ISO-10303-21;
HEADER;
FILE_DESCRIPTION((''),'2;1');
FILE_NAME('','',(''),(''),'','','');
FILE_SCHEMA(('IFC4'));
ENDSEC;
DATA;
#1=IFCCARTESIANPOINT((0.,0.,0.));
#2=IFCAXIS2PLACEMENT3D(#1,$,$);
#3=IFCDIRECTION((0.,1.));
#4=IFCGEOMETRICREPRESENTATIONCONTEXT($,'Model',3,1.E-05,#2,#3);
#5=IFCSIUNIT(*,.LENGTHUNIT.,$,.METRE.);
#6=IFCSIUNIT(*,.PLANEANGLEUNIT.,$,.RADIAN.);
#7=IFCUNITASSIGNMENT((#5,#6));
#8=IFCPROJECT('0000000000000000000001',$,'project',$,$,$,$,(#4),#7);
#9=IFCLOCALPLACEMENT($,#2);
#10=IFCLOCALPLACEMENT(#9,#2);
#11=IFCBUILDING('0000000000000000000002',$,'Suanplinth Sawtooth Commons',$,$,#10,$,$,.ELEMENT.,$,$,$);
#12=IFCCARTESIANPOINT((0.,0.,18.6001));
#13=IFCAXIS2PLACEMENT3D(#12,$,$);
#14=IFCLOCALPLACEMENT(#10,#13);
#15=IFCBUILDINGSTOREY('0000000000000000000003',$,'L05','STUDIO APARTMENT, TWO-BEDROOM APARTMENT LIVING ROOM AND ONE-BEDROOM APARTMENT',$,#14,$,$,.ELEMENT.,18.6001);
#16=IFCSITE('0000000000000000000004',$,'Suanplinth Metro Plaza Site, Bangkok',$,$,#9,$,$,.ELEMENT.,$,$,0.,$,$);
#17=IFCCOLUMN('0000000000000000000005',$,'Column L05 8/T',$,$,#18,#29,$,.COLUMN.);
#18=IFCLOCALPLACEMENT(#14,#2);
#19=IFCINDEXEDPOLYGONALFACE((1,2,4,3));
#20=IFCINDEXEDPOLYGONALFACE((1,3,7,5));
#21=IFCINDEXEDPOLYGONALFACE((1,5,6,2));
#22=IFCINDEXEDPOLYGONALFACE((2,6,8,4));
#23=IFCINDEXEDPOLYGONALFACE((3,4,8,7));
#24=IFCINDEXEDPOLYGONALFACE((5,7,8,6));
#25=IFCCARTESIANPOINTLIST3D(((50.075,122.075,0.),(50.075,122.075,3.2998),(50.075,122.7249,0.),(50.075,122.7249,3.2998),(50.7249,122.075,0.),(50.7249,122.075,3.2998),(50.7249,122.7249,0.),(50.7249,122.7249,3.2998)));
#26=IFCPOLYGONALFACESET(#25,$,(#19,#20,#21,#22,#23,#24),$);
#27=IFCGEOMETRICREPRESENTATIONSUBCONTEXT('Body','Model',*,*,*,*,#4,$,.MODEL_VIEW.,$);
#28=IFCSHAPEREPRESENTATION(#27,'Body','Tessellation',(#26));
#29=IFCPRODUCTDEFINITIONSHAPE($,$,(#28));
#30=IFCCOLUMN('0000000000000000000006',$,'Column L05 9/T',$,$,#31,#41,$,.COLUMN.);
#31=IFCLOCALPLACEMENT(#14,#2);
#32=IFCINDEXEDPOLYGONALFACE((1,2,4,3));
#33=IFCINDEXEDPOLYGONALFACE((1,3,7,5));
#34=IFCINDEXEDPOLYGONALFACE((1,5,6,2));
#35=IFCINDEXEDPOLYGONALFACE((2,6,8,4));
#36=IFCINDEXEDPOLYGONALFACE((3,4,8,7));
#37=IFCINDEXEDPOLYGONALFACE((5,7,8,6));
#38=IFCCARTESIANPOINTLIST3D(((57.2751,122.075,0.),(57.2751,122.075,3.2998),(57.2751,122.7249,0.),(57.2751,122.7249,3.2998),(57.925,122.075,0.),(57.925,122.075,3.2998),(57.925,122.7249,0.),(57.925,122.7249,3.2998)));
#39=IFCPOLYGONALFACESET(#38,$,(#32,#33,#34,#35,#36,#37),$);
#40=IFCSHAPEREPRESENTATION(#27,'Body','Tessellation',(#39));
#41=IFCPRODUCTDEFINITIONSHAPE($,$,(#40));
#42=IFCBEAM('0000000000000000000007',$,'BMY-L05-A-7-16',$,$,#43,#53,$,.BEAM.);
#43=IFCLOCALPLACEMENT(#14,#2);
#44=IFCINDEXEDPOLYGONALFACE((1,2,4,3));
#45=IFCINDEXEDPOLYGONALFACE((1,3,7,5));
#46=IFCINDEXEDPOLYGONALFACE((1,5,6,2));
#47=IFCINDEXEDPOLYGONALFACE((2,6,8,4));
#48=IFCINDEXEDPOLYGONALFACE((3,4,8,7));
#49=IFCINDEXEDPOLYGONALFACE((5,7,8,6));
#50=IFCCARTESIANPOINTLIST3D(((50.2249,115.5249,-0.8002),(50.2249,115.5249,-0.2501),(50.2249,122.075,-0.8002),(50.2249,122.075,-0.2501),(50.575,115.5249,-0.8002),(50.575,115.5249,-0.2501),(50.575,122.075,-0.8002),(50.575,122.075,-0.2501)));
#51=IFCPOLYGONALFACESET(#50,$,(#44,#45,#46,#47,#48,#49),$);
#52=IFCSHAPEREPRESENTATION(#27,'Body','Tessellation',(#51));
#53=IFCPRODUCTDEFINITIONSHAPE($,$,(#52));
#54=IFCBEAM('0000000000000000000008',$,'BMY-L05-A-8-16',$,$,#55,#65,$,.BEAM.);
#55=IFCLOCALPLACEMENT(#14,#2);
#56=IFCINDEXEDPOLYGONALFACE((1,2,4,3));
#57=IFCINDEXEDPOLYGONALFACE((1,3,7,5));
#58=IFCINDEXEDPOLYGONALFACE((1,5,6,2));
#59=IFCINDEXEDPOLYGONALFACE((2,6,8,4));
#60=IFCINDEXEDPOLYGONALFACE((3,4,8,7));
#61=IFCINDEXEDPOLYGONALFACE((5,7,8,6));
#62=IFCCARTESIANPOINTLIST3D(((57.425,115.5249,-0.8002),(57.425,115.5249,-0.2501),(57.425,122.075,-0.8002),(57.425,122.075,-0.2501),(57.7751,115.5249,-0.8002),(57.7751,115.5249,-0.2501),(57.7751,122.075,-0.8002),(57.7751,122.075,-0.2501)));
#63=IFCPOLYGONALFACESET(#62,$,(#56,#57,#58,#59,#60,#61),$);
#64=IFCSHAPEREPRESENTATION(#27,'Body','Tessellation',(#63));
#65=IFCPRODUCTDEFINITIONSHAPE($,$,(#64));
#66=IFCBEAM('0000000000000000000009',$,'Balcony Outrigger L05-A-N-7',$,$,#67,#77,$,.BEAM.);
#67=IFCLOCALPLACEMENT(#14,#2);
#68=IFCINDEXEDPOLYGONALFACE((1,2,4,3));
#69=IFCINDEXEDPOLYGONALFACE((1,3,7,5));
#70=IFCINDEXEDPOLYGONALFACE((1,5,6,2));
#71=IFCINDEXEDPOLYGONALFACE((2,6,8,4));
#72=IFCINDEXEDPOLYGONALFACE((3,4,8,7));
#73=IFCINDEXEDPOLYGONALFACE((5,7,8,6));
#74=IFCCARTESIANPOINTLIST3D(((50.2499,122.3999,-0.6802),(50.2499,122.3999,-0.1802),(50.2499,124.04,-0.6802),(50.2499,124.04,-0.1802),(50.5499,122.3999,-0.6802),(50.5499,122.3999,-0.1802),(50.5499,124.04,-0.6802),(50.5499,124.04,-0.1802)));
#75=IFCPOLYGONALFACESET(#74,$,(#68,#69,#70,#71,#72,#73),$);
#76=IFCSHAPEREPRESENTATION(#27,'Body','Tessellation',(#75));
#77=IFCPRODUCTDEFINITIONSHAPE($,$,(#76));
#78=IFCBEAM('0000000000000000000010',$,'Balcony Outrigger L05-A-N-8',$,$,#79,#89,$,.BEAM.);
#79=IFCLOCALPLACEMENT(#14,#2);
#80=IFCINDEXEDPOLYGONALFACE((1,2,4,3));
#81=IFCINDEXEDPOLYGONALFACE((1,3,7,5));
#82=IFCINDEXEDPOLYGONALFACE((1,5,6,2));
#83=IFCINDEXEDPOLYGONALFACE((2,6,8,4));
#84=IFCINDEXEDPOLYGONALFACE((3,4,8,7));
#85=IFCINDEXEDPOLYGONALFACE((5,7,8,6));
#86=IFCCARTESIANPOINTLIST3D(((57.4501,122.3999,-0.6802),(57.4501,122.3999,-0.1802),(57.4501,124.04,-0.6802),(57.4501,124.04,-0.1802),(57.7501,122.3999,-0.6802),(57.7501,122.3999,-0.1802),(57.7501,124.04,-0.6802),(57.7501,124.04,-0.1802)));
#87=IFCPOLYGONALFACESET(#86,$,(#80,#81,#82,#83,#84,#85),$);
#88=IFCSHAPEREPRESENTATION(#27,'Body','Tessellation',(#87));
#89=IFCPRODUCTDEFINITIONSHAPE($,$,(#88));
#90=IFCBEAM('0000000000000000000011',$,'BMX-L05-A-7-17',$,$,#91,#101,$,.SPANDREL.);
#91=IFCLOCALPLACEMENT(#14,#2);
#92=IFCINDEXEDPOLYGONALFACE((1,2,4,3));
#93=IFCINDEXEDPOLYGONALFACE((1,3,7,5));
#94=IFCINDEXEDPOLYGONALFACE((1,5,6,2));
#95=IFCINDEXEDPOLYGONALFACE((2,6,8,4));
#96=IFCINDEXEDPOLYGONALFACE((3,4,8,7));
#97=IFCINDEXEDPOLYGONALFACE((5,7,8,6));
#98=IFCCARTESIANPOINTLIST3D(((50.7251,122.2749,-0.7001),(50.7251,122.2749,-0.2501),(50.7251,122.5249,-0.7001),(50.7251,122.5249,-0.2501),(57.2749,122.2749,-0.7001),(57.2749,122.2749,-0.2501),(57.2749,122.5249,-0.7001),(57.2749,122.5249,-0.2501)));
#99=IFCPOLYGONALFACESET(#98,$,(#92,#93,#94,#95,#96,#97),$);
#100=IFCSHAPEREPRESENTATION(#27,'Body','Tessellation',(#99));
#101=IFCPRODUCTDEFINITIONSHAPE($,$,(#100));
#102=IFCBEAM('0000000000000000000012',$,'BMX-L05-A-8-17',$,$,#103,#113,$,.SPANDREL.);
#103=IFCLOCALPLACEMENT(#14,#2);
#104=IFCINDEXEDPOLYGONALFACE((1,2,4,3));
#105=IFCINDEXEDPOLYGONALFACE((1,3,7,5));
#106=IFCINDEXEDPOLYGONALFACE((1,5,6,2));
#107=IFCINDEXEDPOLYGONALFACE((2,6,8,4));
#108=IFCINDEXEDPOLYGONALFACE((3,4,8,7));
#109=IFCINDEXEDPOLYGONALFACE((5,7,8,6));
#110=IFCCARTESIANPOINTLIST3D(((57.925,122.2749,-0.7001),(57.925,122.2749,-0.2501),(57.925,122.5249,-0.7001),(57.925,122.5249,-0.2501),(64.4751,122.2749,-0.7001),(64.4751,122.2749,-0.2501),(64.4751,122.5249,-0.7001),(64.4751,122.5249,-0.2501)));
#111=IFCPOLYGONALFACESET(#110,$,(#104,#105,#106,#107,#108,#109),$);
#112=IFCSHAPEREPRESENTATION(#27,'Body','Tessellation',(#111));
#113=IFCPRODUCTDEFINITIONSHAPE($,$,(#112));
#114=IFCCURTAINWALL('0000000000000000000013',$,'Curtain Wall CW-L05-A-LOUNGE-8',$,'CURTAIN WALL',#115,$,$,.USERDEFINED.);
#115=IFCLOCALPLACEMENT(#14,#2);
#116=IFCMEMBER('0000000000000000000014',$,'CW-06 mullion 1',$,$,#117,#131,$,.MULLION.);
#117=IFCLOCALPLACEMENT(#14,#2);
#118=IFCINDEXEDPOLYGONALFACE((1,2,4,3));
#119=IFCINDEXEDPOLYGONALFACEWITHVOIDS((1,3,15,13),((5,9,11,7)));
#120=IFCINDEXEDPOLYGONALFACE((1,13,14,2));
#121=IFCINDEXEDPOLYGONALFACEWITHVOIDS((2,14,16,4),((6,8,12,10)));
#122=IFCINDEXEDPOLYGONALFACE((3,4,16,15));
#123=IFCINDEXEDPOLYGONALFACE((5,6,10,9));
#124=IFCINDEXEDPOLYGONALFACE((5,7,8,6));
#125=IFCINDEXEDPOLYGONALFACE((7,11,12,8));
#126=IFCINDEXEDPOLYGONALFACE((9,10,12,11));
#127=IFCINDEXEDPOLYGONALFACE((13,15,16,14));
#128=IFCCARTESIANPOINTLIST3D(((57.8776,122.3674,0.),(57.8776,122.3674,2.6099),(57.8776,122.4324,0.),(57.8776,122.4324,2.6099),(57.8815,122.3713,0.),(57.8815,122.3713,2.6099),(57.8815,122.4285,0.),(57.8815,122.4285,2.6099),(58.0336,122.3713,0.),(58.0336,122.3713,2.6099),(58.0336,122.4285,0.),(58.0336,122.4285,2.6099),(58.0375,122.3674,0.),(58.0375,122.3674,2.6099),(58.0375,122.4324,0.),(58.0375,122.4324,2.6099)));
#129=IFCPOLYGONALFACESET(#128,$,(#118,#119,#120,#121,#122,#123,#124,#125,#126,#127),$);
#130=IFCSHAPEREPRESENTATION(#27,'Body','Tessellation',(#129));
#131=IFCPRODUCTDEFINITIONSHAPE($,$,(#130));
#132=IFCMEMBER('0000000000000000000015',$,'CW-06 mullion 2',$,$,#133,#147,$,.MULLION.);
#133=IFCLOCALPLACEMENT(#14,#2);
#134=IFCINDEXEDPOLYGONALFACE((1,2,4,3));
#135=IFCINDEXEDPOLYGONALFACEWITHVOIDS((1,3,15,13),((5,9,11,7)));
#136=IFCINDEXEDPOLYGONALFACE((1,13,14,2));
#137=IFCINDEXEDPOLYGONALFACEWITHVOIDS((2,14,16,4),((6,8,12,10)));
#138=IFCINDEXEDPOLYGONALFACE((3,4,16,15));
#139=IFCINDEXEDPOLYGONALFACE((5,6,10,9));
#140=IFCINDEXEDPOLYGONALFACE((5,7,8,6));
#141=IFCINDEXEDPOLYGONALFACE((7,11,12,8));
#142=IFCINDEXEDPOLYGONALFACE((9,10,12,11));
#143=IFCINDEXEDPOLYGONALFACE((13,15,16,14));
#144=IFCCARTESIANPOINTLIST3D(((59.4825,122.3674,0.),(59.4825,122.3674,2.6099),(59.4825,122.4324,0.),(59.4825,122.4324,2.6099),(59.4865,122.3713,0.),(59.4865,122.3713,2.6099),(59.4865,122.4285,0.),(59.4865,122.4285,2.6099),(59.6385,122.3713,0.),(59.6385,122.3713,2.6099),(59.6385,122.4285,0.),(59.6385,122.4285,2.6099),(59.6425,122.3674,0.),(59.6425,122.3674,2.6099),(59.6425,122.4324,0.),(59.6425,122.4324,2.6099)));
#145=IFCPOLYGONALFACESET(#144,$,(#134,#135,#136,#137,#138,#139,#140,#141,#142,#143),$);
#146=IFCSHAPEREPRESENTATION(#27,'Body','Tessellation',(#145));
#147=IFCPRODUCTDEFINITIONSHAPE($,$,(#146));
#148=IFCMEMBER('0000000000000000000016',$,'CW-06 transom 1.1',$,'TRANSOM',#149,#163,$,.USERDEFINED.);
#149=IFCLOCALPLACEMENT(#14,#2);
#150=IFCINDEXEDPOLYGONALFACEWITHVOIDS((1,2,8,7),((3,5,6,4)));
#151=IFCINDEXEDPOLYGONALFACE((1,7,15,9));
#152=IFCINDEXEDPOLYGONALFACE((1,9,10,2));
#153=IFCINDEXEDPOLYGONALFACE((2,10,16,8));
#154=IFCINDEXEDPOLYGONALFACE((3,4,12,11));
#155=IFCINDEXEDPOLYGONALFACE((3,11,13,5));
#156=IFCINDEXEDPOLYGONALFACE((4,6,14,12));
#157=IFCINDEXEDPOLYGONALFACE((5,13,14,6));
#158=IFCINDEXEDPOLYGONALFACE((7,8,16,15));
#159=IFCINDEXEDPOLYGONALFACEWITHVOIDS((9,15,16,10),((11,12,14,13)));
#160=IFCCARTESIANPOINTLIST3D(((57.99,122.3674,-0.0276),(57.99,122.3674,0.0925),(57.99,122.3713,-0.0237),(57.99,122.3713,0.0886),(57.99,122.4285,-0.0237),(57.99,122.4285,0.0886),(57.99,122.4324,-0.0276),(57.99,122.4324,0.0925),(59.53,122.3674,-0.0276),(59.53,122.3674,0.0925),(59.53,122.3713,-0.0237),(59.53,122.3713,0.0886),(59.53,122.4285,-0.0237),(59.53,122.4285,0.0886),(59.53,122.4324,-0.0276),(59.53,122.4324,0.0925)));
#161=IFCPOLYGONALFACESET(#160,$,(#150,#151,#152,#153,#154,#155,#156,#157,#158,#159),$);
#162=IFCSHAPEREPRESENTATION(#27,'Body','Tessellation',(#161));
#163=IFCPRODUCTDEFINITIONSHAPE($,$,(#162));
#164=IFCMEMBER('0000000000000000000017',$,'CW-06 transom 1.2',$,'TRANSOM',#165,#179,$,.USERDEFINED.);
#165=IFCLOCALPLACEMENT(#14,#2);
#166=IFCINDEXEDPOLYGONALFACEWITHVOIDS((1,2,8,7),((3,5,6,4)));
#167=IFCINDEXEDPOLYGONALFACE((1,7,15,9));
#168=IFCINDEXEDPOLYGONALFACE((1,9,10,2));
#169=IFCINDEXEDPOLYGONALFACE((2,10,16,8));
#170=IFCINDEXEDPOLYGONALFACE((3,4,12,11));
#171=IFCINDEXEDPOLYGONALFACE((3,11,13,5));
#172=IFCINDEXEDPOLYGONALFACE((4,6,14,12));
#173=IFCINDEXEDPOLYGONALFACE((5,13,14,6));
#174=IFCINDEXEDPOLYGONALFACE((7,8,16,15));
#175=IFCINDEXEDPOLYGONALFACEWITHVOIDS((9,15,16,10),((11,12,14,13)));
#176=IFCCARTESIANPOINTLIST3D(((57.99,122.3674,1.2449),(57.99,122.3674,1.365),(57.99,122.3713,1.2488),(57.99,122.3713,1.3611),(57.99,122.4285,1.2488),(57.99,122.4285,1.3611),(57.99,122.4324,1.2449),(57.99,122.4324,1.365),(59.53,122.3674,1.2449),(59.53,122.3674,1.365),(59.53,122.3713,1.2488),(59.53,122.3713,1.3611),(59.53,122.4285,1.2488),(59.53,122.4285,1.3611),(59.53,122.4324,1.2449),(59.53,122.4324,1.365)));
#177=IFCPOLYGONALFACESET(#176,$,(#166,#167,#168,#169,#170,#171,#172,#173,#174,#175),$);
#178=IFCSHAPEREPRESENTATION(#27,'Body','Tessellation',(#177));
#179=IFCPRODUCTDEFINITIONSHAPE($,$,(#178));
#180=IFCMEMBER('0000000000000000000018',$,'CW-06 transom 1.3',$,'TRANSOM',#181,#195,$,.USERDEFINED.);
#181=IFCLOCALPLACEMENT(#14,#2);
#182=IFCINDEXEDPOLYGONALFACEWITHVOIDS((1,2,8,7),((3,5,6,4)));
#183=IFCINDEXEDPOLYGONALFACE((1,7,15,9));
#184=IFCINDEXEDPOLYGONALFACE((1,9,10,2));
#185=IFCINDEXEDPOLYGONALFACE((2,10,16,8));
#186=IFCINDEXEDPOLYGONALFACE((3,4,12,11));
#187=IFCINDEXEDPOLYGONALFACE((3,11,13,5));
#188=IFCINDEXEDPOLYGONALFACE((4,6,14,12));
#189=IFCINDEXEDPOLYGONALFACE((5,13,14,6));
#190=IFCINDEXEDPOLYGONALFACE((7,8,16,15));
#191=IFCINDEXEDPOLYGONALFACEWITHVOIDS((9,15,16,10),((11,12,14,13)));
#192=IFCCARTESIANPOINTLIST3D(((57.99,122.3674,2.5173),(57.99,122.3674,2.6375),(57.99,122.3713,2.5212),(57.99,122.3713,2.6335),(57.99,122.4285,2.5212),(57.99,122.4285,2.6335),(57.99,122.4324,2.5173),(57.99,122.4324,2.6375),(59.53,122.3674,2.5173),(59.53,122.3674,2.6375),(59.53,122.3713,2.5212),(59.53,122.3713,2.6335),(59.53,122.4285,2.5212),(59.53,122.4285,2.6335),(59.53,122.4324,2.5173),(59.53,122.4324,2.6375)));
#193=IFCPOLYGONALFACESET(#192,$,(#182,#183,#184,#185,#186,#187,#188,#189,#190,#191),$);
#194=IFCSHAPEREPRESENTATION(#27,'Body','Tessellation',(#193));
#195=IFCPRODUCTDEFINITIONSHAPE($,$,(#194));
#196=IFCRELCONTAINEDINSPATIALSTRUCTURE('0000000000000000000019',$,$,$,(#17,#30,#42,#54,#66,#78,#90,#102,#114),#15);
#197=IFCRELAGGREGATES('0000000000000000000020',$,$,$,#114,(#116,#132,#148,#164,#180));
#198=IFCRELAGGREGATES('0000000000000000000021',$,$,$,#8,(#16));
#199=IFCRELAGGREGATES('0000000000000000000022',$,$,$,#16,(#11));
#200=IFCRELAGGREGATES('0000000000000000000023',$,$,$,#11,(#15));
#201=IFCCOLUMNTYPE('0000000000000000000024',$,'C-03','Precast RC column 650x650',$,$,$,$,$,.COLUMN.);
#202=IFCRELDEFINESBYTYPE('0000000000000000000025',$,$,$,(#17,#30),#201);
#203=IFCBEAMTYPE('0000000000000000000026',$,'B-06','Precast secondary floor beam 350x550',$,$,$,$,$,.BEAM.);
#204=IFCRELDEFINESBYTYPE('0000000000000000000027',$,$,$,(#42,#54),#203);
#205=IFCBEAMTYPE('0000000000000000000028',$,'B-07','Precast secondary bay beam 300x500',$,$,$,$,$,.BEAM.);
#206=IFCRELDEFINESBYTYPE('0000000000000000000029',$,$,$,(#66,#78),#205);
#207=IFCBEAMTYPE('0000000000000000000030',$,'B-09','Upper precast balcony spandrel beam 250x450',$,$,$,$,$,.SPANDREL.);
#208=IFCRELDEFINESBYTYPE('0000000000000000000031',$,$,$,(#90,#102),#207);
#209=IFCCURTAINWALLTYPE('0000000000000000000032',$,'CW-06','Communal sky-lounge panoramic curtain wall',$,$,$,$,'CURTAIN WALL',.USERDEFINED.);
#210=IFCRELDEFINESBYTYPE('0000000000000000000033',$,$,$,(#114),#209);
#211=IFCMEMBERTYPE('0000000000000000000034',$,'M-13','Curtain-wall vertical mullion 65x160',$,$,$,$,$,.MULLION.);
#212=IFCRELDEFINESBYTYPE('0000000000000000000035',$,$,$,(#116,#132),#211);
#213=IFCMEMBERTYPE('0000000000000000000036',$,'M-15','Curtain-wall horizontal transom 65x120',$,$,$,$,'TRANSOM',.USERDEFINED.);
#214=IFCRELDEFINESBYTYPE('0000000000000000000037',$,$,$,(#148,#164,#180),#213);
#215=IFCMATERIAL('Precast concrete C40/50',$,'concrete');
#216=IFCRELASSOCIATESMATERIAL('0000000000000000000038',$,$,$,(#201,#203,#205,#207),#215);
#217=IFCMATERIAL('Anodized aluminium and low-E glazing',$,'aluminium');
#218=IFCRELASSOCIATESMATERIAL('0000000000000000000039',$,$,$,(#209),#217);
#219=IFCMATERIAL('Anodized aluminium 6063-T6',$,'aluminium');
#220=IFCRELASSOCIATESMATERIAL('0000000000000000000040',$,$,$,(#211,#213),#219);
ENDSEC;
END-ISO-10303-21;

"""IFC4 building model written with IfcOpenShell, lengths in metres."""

from ifc_helpers import new_model, si_unit, direction, frame, origin, origin_2d, place, context, subcontext, project, spatial, rectangle, hollow_rectangle, extrude, material, material_profile, profile_set, type_object, element, aggregate, save


model = new_model("IFC4")

# Units and contexts
model_context = context("Model", 3, precision=1e-05, world=origin(), true_north=direction((0.0, 1.0)))
body_context = subcontext(model_context, "Body", "Model", "MODEL_VIEW")
ifc_project = project(units=[si_unit("LENGTHUNIT", "METRE"), si_unit("PLANEANGLEUNIT", "RADIAN")], contexts=[model_context])

# Site, building, storey
site_placement = place(None, origin())
site = spatial("IfcSite", under=ifc_project, at=site_placement, Name="Suanplinth Metro Plaza Site, Bangkok", CompositionType="ELEMENT", RefElevation=0.0)
building_placement = place(site_placement, origin())
building = spatial("IfcBuilding", under=site, at=building_placement, Name="Suanplinth Sawtooth Commons", CompositionType="ELEMENT")
storey_placement = place(building_placement, frame((0.0, 0.0, 18.6001)))
storey = spatial("IfcBuildingStorey", under=building, at=storey_placement, Name="L05", Description="STUDIO APARTMENT, TWO-BEDROOM APARTMENT LIVING ROOM AND ONE-BEDROOM APARTMENT", CompositionType="ELEMENT", Elevation=18.6001)

# Columns
ifc_material_1 = material(Name="Precast concrete C40/50", Category="concrete")
ifc_material_profile_1 = material_profile(ifc_material_1, rectangle(XDim=0.6499, YDim=0.6499, at=origin_2d()), Name="PC-COL 650x650")
ifc_profile_set_1 = profile_set([ifc_material_profile_1], Name="Precast concrete C40/50")
column_type = type_object("IfcColumnType", Name="C-03", Description="Precast RC column 650x650", PredefinedType="COLUMN", material=ifc_profile_set_1)
for number, where, z_axis, x_axis, name in (
    (1, (50.3999, 122.3999, 0.0), (0.0, 0.0, 1.0), (1.0, 0.0, 0.0), "Column L05 8/T"),
    (2, (57.6001, 122.3999, 0.0), (0.0, 0.0, 1.0), (1.0, 0.0, 0.0), "Column L05 9/T"),
):
    element("IfcColumn", number, at=place(storey_placement, frame(where, z_axis=z_axis, x_axis=x_axis)), inside=storey, type_object=column_type, Name=name, PredefinedType="COLUMN", context=body_context, shape_type="SweptSolid", body=[
        extrude(rectangle(XDim=0.6499, YDim=0.6499, at=origin_2d()), origin(), (0.0, 0.0, 1.0), 3.2998),
    ])

# Beams
ifc_material_profile_2 = material_profile(ifc_material_1, rectangle(XDim=0.3501, YDim=0.55, at=origin_2d()), Name="PC-BM 350x550")
ifc_profile_set_2 = profile_set([ifc_material_profile_2], Name="Precast concrete C40/50")
beam_type_1 = type_object("IfcBeamType", Name="B-06", Description="Precast secondary floor beam 350x550", PredefinedType="BEAM", material=ifc_profile_set_2)
for number, where, z_axis, x_axis, name in (
    (3, (50.3999, 115.5249, -0.5251), (0.0, 1.0, 0.0), (-1.0, 0.0, 0.0), "BMY-L05-A-7-16"),
    (4, (57.6001, 115.5249, -0.5251), (0.0, 1.0, 0.0), (-1.0, 0.0, 0.0), "BMY-L05-A-8-16"),
):
    element("IfcBeam", number, at=place(storey_placement, frame(where, z_axis=z_axis, x_axis=x_axis)), inside=storey, type_object=beam_type_1, Name=name, PredefinedType="BEAM", context=body_context, shape_type="SweptSolid", body=[
        extrude(rectangle(XDim=0.3501, YDim=0.55, at=origin_2d()), origin(), (0.0, 0.0, 1.0), 6.55),
    ])
ifc_material_profile_3 = material_profile(ifc_material_1, rectangle(XDim=0.3, YDim=0.5, at=origin_2d()), Name="PC-BM 300x500")
ifc_profile_set_3 = profile_set([ifc_material_profile_3], Name="Precast concrete C40/50")
beam_type_2 = type_object("IfcBeamType", Name="B-07", Description="Precast secondary bay beam 300x500", PredefinedType="BEAM", material=ifc_profile_set_3)
for number, where, z_axis, x_axis, name in (
    (5, (50.3999, 122.3999, -0.4302), (0.0, 1.0, 0.0), (-1.0, 0.0, 0.0), "Balcony Outrigger L05-A-N-7"),
    (6, (57.6001, 122.3999, -0.4302), (0.0, 1.0, 0.0), (-1.0, 0.0, 0.0), "Balcony Outrigger L05-A-N-8"),
):
    element("IfcBeam", number, at=place(storey_placement, frame(where, z_axis=z_axis, x_axis=x_axis)), inside=storey, type_object=beam_type_2, Name=name, PredefinedType="BEAM", context=body_context, shape_type="SweptSolid", body=[
        extrude(rectangle(XDim=0.3, YDim=0.5, at=origin_2d()), origin(), (0.0, 0.0, 1.0), 1.6401),
    ])
ifc_material_profile_4 = material_profile(ifc_material_1, rectangle(XDim=0.25, YDim=0.45, at=origin_2d()), Name="PC-SP 250x450")
ifc_profile_set_4 = profile_set([ifc_material_profile_4], Name="Precast concrete C40/50")
beam_type_3 = type_object("IfcBeamType", Name="B-09", Description="Upper precast balcony spandrel beam 250x450", PredefinedType="SPANDREL", material=ifc_profile_set_4)
beam_1_placement = place(storey_placement, frame((50.7251, 122.3999, -0.4751), z_axis=(1.0, 0.0, 0.0), x_axis=(0.0, 1.0, 0.0)))
element("IfcBeam", 7, at=beam_1_placement, inside=storey, type_object=beam_type_3, Name="BMX-L05-A-7-17", PredefinedType="SPANDREL", context=body_context, shape_type="SweptSolid", body=[
    extrude(rectangle(XDim=0.25, YDim=0.45, at=origin_2d()), origin(), (0.0, 0.0, 1.0), 6.5498),
])
beam_2_placement = place(storey_placement, frame((57.925, 122.3999, -0.4751), z_axis=(1.0, 0.0, 0.0), x_axis=(0.0, 1.0, 0.0)))
element("IfcBeam", 8, at=beam_2_placement, inside=storey, type_object=beam_type_3, Name="BMX-L05-A-8-17", PredefinedType="SPANDREL", context=body_context, shape_type="SweptSolid", body=[
    extrude(rectangle(XDim=0.25, YDim=0.45, at=origin_2d()), origin(), (0.0, 0.0, 1.0), 6.55),
])

# Curtain wall, members
ifc_material_2 = material(Name="Anodized aluminium and low-E glazing", Category="aluminium")
curtain_wall_type = type_object("IfcCurtainWallType", Name="CW-06", Description="Communal sky-lounge panoramic curtain wall", ElementType="CURTAIN WALL", PredefinedType="USERDEFINED", material=ifc_material_2)
curtain_wall_placement = place(storey_placement, origin())
curtain_wall = element("IfcCurtainWall", 9, at=curtain_wall_placement, inside=storey, type_object=curtain_wall_type, Name="Curtain Wall CW-L05-A-LOUNGE-8", ObjectType="CURTAIN WALL", PredefinedType="USERDEFINED")
ifc_material_3 = material(Name="Anodized aluminium 6063-T6", Category="aluminium")
ifc_material_profile_5 = material_profile(ifc_material_3, hollow_rectangle(XDim=0.0649, YDim=0.1599, WallThickness=0.0039, at=origin_2d()), Name="ALU-MUL 65x160")
ifc_profile_set_5 = profile_set([ifc_material_profile_5], Name="Anodized aluminium 6063-T6")
member_type_1 = type_object("IfcMemberType", Name="M-13", Description="Curtain-wall vertical mullion 65x160", PredefinedType="MULLION", material=ifc_profile_set_5)
member_1_placement = place(storey_placement, frame((57.9575, 122.3999, 0.0), z_axis=(0.0, 0.0, 1.0), x_axis=(0.0, 1.0, 0.0)))
member_1 = element("IfcMember", 10, at=member_1_placement, type_object=member_type_1, Name="CW-06 mullion 1", PredefinedType="MULLION", context=body_context, shape_type="SweptSolid", body=[
    extrude(hollow_rectangle(XDim=0.0649, YDim=0.1599, WallThickness=0.0039, at=origin_2d()), origin(), (0.0, 0.0, 1.0), 2.6099),
])
member_2_placement = place(storey_placement, frame((59.5625, 122.3999, 0.0), z_axis=(0.0, 0.0, 1.0), x_axis=(0.0, 1.0, 0.0)))
member_2 = element("IfcMember", 11, at=member_2_placement, type_object=member_type_1, Name="CW-06 mullion 2", PredefinedType="MULLION", context=body_context, shape_type="SweptSolid", body=[
    extrude(hollow_rectangle(XDim=0.0649, YDim=0.1599, WallThickness=0.0039, at=origin_2d()), origin(), (0.0, 0.0, 1.0), 2.6099),
])
ifc_material_profile_6 = material_profile(ifc_material_3, hollow_rectangle(XDim=0.0649, YDim=0.1201, WallThickness=0.0039, at=origin_2d()), Name="ALU-TRN 65x120")
ifc_profile_set_6 = profile_set([ifc_material_profile_6], Name="Anodized aluminium 6063-T6")
member_type_2 = type_object("IfcMemberType", Name="M-15", Description="Curtain-wall horizontal transom 65x120", ElementType="TRANSOM", PredefinedType="USERDEFINED", material=ifc_profile_set_6)
member_3_placement = place(storey_placement, frame((57.99, 122.3999, 0.0325), z_axis=(1.0, 0.0, 0.0), x_axis=(0.0, 1.0, 0.0)))
member_3 = element("IfcMember", 12, at=member_3_placement, type_object=member_type_2, Name="CW-06 transom 1.1", ObjectType="TRANSOM", PredefinedType="USERDEFINED", context=body_context, shape_type="SweptSolid", body=[
    extrude(hollow_rectangle(XDim=0.0649, YDim=0.1201, WallThickness=0.0039, at=origin_2d()), origin(), (0.0, 0.0, 1.0), 1.54),
])
member_4_placement = place(storey_placement, frame((57.99, 122.3999, 1.3049), z_axis=(1.0, 0.0, 0.0), x_axis=(0.0, 1.0, 0.0)))
member_4 = element("IfcMember", 13, at=member_4_placement, type_object=member_type_2, Name="CW-06 transom 1.2", ObjectType="TRANSOM", PredefinedType="USERDEFINED", context=body_context, shape_type="SweptSolid", body=[
    extrude(hollow_rectangle(XDim=0.0649, YDim=0.1201, WallThickness=0.0039, at=origin_2d()), origin(), (0.0, 0.0, 1.0), 1.54),
])
member_5_placement = place(storey_placement, frame((57.99, 122.3999, 2.5774), z_axis=(1.0, 0.0, 0.0), x_axis=(0.0, 1.0, 0.0)))
member_5 = element("IfcMember", 14, at=member_5_placement, type_object=member_type_2, Name="CW-06 transom 1.3", ObjectType="TRANSOM", PredefinedType="USERDEFINED", context=body_context, shape_type="SweptSolid", body=[
    extrude(hollow_rectangle(XDim=0.0649, YDim=0.1201, WallThickness=0.0039, at=origin_2d()), origin(), (0.0, 0.0, 1.0), 1.54),
])
aggregate(curtain_wall, [member_1, member_2, member_3, member_4, member_5])

save(model, "model.ifc")
